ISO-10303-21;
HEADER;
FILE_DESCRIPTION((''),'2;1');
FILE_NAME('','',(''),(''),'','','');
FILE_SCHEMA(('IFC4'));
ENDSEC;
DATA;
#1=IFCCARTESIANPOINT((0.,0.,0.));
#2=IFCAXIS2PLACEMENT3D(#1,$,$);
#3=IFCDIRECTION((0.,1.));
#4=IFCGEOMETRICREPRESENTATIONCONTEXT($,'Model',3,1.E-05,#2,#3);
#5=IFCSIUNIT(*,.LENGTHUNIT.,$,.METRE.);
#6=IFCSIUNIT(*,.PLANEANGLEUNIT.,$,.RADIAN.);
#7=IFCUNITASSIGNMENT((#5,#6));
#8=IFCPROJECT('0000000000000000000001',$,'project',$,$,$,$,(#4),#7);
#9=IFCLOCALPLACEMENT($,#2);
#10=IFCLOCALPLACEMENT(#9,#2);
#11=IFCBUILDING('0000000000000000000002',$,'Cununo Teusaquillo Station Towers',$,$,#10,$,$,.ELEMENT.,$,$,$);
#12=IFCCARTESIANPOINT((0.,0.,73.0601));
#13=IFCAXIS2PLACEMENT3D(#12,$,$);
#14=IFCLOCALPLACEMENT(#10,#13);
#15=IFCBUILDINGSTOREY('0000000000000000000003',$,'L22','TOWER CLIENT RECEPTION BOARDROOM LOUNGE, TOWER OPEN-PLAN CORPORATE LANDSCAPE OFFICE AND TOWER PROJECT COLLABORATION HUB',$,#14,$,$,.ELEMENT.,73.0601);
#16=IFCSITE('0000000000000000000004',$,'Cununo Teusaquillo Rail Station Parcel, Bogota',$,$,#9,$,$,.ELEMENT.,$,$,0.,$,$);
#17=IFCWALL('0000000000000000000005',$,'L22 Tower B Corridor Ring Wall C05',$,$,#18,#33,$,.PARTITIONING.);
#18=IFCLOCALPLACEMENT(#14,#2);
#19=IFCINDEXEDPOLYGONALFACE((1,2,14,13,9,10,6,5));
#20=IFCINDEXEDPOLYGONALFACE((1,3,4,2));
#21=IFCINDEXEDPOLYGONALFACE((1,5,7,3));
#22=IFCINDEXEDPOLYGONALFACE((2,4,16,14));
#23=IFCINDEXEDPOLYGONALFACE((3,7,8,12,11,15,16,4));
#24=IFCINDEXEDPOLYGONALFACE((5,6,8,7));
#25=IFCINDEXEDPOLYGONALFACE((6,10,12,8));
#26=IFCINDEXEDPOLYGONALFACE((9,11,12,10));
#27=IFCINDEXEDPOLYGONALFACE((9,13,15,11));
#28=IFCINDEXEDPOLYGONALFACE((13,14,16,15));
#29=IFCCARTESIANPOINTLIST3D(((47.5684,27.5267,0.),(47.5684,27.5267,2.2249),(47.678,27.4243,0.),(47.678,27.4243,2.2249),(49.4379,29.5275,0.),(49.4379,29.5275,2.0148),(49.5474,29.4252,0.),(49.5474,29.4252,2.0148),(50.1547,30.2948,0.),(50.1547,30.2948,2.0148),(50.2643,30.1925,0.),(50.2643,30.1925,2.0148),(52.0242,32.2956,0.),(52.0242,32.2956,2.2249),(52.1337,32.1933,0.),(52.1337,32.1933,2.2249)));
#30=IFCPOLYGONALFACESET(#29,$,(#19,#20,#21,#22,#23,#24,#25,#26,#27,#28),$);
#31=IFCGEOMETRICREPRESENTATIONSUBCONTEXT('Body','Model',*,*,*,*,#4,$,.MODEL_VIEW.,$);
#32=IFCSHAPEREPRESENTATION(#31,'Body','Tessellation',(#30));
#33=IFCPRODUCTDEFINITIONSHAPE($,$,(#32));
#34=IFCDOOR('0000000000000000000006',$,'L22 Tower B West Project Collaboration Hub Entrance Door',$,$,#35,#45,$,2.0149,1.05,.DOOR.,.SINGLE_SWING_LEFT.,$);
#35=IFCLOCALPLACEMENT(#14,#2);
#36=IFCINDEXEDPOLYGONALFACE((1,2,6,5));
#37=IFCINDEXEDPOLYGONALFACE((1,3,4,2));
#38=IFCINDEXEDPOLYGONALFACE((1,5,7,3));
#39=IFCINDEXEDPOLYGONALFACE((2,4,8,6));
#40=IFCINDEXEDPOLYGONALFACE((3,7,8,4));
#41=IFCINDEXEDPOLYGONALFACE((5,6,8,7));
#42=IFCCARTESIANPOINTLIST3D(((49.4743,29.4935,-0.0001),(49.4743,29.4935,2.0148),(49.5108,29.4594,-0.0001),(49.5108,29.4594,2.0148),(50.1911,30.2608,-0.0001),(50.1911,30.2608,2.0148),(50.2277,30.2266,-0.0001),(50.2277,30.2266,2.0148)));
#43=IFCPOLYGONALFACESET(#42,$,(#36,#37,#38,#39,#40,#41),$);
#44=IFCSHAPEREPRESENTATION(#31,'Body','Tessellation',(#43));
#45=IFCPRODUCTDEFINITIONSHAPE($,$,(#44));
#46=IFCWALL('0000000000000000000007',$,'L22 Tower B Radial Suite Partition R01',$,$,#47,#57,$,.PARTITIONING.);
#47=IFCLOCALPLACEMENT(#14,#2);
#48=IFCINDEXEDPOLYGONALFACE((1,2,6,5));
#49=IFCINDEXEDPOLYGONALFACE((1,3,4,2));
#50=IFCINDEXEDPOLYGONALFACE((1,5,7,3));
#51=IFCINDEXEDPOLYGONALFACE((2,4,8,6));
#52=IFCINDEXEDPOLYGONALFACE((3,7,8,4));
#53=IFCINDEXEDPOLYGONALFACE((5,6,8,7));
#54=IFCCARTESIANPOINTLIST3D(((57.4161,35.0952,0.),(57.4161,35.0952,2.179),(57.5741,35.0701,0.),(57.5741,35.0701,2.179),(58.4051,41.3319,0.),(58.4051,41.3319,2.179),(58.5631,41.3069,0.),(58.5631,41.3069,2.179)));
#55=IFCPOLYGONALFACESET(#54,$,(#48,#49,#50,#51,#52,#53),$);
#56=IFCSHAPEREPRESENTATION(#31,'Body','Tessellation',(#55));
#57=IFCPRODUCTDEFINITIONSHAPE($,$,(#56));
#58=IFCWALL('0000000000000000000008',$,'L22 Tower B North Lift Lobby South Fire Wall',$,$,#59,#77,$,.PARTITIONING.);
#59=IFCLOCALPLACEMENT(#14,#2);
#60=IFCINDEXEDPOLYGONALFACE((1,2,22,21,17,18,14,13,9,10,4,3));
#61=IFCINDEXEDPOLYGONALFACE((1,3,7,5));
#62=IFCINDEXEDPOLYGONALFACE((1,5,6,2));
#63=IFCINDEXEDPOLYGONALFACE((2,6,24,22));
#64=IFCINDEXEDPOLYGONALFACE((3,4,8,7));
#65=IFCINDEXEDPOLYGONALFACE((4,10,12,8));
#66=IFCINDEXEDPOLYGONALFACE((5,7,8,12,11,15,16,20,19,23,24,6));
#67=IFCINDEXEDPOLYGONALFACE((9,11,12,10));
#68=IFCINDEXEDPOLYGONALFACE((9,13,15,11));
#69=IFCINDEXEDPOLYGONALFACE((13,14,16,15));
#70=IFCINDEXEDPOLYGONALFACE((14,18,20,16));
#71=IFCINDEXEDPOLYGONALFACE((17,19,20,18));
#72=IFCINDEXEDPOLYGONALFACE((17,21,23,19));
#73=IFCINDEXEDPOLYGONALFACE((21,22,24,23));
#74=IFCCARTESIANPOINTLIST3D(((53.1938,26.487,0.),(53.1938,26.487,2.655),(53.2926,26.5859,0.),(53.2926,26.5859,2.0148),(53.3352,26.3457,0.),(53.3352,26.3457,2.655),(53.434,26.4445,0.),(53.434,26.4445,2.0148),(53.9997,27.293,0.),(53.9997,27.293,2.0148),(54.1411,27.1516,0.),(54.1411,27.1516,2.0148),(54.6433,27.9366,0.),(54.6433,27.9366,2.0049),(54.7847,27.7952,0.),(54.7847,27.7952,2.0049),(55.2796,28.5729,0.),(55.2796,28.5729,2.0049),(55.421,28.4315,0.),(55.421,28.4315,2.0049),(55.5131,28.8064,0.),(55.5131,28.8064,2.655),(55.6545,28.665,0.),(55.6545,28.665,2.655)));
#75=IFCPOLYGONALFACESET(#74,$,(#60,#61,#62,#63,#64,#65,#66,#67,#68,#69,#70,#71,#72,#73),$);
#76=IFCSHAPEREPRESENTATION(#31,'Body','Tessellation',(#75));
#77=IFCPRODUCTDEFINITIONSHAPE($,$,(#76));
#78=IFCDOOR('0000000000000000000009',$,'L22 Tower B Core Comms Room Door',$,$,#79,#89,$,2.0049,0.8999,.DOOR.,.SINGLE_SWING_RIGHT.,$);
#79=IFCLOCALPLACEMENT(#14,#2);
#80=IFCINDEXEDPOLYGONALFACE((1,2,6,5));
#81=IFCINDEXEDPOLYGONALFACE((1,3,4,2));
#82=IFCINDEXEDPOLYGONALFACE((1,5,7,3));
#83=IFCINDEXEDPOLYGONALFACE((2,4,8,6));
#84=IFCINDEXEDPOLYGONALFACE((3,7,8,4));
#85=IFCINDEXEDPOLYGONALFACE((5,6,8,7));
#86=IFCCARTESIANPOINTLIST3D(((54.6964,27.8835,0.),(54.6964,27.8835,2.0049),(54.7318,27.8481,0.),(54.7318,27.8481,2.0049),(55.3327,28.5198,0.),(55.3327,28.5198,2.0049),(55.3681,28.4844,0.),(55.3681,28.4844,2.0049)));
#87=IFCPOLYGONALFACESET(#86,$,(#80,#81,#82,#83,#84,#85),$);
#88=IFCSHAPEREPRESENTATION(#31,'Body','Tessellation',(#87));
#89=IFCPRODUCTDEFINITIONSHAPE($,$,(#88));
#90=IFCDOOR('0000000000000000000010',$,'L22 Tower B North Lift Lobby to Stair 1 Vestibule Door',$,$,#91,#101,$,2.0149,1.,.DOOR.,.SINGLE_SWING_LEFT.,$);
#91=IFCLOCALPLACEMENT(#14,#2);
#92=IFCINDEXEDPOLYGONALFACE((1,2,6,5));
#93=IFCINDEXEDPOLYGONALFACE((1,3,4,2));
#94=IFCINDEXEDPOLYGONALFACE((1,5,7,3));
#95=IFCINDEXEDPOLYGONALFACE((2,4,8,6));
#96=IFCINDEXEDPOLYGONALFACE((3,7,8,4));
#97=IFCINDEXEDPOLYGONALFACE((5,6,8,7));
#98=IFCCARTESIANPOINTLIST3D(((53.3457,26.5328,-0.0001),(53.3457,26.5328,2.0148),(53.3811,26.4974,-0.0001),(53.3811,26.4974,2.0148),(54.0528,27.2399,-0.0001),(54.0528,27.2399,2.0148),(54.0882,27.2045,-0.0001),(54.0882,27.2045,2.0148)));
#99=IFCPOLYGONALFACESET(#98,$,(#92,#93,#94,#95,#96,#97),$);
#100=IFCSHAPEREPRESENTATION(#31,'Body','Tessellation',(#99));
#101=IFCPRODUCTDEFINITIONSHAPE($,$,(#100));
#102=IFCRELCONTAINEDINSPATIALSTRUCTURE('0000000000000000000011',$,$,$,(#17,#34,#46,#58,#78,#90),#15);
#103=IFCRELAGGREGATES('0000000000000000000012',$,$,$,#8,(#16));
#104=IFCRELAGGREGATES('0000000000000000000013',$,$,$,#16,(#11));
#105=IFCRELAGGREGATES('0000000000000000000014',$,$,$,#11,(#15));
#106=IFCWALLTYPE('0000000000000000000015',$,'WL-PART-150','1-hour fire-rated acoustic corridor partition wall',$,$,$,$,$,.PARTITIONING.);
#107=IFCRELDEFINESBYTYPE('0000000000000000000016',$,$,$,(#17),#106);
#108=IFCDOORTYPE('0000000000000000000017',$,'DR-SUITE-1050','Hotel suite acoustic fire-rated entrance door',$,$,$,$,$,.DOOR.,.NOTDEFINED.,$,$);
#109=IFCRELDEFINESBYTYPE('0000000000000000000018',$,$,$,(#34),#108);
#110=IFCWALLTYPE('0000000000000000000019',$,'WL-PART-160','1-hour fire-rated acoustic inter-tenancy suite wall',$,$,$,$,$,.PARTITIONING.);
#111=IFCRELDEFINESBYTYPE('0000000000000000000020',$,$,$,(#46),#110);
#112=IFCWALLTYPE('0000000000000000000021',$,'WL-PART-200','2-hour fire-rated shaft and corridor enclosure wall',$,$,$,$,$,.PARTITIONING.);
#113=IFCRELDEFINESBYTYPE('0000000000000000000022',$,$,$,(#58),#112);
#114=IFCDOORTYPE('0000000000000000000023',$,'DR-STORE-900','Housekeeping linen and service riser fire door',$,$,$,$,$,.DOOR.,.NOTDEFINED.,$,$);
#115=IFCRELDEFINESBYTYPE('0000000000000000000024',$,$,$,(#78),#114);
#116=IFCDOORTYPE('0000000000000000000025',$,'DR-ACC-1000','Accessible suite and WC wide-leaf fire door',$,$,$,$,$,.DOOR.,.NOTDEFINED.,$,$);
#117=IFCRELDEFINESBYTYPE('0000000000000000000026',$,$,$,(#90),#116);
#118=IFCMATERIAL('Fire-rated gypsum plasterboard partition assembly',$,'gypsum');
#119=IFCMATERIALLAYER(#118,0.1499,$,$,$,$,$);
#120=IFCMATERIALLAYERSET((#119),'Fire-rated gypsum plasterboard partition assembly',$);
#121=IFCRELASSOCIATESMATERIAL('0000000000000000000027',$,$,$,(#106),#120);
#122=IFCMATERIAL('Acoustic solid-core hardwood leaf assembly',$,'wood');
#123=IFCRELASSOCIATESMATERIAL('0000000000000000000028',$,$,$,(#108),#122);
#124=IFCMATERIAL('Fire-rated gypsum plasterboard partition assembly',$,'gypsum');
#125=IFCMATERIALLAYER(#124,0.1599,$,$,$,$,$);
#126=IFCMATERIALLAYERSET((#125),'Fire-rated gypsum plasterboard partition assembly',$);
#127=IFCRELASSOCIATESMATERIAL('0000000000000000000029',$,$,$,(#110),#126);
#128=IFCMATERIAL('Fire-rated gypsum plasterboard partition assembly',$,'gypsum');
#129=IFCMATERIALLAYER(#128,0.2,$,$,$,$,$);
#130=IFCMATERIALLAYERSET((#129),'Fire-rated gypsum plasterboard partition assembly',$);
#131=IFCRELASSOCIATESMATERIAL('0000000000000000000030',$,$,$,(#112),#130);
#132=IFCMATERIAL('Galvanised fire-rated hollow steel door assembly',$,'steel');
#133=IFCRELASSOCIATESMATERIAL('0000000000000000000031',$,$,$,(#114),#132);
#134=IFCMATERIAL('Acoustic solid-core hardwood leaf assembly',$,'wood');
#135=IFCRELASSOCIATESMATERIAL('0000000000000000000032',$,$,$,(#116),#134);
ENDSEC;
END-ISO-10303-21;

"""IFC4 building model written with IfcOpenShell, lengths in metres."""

from ifc_helpers import new_model, si_unit, direction, frame, frame_2d, origin, place, context, subcontext, project, spatial, rectangle, extrude, source, transform, mapped, material, layer, layer_set, type_object, element, fill, save


model = new_model("IFC4")

# Units and contexts
model_context = context("Model", 3, precision=1e-05, world=origin(), true_north=direction((0.0, 1.0)))
body_context = subcontext(model_context, "Body", "Model", "MODEL_VIEW")
ifc_project = project(units=[si_unit("LENGTHUNIT", "METRE"), si_unit("PLANEANGLEUNIT", "RADIAN")], contexts=[model_context])

# Site, building, storey
site_placement = place(None, origin())
site = spatial("IfcSite", under=ifc_project, at=site_placement, Name="Cununo Teusaquillo Rail Station Parcel, Bogota", CompositionType="ELEMENT", RefElevation=0.0)
building_placement = place(site_placement, origin())
building = spatial("IfcBuilding", under=site, at=building_placement, Name="Cununo Teusaquillo Station Towers", CompositionType="ELEMENT")
storey_placement = place(building_placement, frame((0.0, 0.0, 73.0601)))
storey = spatial("IfcBuildingStorey", under=building, at=storey_placement, Name="L22", Description="TOWER CLIENT RECEPTION BOARDROOM LOUNGE, TOWER OPEN-PLAN CORPORATE LANDSCAPE OFFICE AND TOWER PROJECT COLLABORATION HUB", CompositionType="ELEMENT", Elevation=73.0601)

# Shared definitions
ifc_material_1 = material(Name="Fire-rated gypsum plasterboard partition assembly", Category="gypsum")
ifc_layer_1 = layer(ifc_material_1, 0.1499)
ifc_layer_set_1 = layer_set([ifc_layer_1], Name="Fire-rated gypsum plasterboard partition assembly")
wall_type_1 = type_object("IfcWallType", Name="WL-PART-150", Description="1-hour fire-rated acoustic corridor partition wall", PredefinedType="PARTITIONING", material=ifc_layer_set_1)

# Wall, opening, door
wall_1_placement = place(storey_placement, frame((52.0789, 32.2444, 0.0), z_axis=(0.0, 0.0, 1.0), x_axis=(-0.682703, -0.730696, 0.0)))
wall_1 = element("IfcWall", 1, at=wall_1_placement, inside=storey, type_object=wall_type_1, Name="L22 Tower B Corridor Ring Wall C05", PredefinedType="PARTITIONING", context=body_context, shape_type="SweptSolid", body=[
    extrude(rectangle(XDim=6.5266, YDim=0.1499, at=frame_2d((3.2632, 0.0))), origin(), (0.0, 0.0, 1.0), 2.2249),
])
shared_shape_1 = source(origin(), body_context, "Body", "SweptSolid", [
    extrude(rectangle(XDim=1.05, YDim=2.0149, at=frame_2d((0.5249, 1.0073))), frame((0.0, 0.085, 0.0), z_axis=(0.0, -1.0, 0.0), x_axis=(1.0, 0.0, 0.0)), (0.0, 0.0, 1.0), 0.1699),
])
opening_1_placement = place(wall_1_placement, frame((2.7383, 0.0, 0.0)))
opening_1 = element("IfcOpeningElement", 2, at=opening_1_placement, cuts=wall_1, PredefinedType="OPENING", context=body_context, shape_type="MappedRepresentation", body=[
    mapped(shared_shape_1, transform((0.0, 0.0, 0.0), x_axis=(1.0, 0.0, 0.0), y_axis=(0.0, 1.0, 0.0), z_axis=(0.0, 0.0, 1.0), scale=1.0)),
])
ifc_material_2 = material(Name="Acoustic solid-core hardwood leaf assembly", Category="wood")
door_type_1 = type_object("IfcDoorType", Name="DR-SUITE-1050", Description="Hotel suite acoustic fire-rated entrance door", OperationType="NOTDEFINED", PredefinedType="DOOR", material=ifc_material_2)
shared_shape_2 = source(origin(), body_context, "Body", "SweptSolid", [
    extrude(rectangle(XDim=1.05, YDim=2.0149, at=frame_2d((0.5249, 1.0073))), frame((0.0, 0.0249, 0.0), z_axis=(0.0, -1.0, 0.0), x_axis=(1.0, 0.0, 0.0)), (0.0, 0.0, 1.0), 0.05),
])
door_1_placement = place(opening_1_placement, origin())
door_1 = element("IfcDoor", 3, at=door_1_placement, inside=storey, type_object=door_type_1, Name="L22 Tower B West Project Collaboration Hub Entrance Door", OperationType="SINGLE_SWING_LEFT", OverallHeight=2.0149, OverallWidth=1.05, PredefinedType="DOOR", context=body_context, shape_type="MappedRepresentation", body=[
    mapped(shared_shape_2, transform((0.0, 0.0, 0.0), x_axis=(1.0, 0.0, 0.0), y_axis=(0.0, 1.0, 0.0), z_axis=(0.0, 0.0, 1.0), scale=1.0)),
])
fill(opening_1, door_1)

# Wall
ifc_material_3 = material(Name="Fire-rated gypsum plasterboard partition assembly", Category="gypsum")
ifc_layer_2 = layer(ifc_material_3, 0.1599)
ifc_layer_set_2 = layer_set([ifc_layer_2], Name="Fire-rated gypsum plasterboard partition assembly")
wall_type_2 = type_object("IfcWallType", Name="WL-PART-160", Description="1-hour fire-rated acoustic inter-tenancy suite wall", PredefinedType="PARTITIONING", material=ifc_layer_set_2)
wall_2_placement = place(storey_placement, frame((57.4951, 35.0828, 0.0), z_axis=(0.0, 0.0, 1.0), x_axis=(0.15662, 0.987659, 0.0)))
element("IfcWall", 4, at=wall_2_placement, inside=storey, type_object=wall_type_2, Name="L22 Tower B Radial Suite Partition R01", PredefinedType="PARTITIONING", context=body_context, shape_type="SweptSolid", body=[
    extrude(rectangle(XDim=6.3147, YDim=0.1599, at=frame_2d((3.1572, 0.0))), origin(), (0.0, 0.0, 1.0), 2.179),
])

# Wall, openings, doors
ifc_material_4 = material(Name="Fire-rated gypsum plasterboard partition assembly", Category="gypsum")
ifc_layer_3 = layer(ifc_material_4, 0.2)
ifc_layer_set_3 = layer_set([ifc_layer_3], Name="Fire-rated gypsum plasterboard partition assembly")
wall_type_3 = type_object("IfcWallType", Name="WL-PART-200", Description="2-hour fire-rated shaft and corridor enclosure wall", PredefinedType="PARTITIONING", material=ifc_layer_set_3)
wall_3_placement = place(storey_placement, frame((53.2644, 26.4163, 0.0), z_axis=(0.0, 0.0, 1.0), x_axis=(0.707107, 0.707107, 0.0)))
wall_3 = element("IfcWall", 5, at=wall_3_placement, inside=storey, type_object=wall_type_3, Name="L22 Tower B North Lift Lobby South Fire Wall", PredefinedType="PARTITIONING", context=body_context, shape_type="SweptSolid", body=[
    extrude(rectangle(XDim=3.28, YDim=0.2, at=frame_2d((1.6401, 0.0))), origin(), (0.0, 0.0, 1.0), 2.655),
])
shared_shape_3 = source(origin(), body_context, "Body", "SweptSolid", [
    extrude(rectangle(XDim=1.0, YDim=2.0149, at=frame_2d((0.5, 1.0073))), frame((0.0, 0.1099, 0.0), z_axis=(0.0, -1.0, 0.0), x_axis=(1.0, 0.0, 0.0)), (0.0, 0.0, 1.0), 0.22),
])
opening_2_placement = place(wall_3_placement, frame((0.1399, 0.0, 0.0)))
opening_2 = element("IfcOpeningElement", 6, at=opening_2_placement, cuts=wall_3, PredefinedType="OPENING", context=body_context, shape_type="MappedRepresentation", body=[
    mapped(shared_shape_3, transform((0.0, 0.0, 0.0), x_axis=(1.0, 0.0, 0.0), y_axis=(0.0, 1.0, 0.0), z_axis=(0.0, 0.0, 1.0), scale=1.0)),
])
shared_shape_4 = source(origin(), body_context, "Body", "SweptSolid", [
    extrude(rectangle(XDim=0.8999, YDim=2.0049, at=frame_2d((0.45, 1.0024))), frame((0.0, 0.1099, 0.0), z_axis=(0.0, -1.0, 0.0), x_axis=(1.0, 0.0, 0.0)), (0.0, 0.0, 1.0), 0.22),
])
opening_3_placement = place(wall_3_placement, frame((2.05, 0.0, 0.0)))
opening_3 = element("IfcOpeningElement", 7, at=opening_3_placement, cuts=wall_3, PredefinedType="OPENING", context=body_context, shape_type="MappedRepresentation", body=[
    mapped(shared_shape_4, transform((0.0, 0.0, 0.0), x_axis=(1.0, 0.0, 0.0), y_axis=(0.0, 1.0, 0.0), z_axis=(0.0, 0.0, 1.0), scale=1.0)),
])
ifc_material_5 = material(Name="Galvanised fire-rated hollow steel door assembly", Category="steel")
door_type_2 = type_object("IfcDoorType", Name="DR-STORE-900", Description="Housekeeping linen and service riser fire door", OperationType="NOTDEFINED", PredefinedType="DOOR", material=ifc_material_5)
shared_shape_5 = source(origin(), body_context, "Body", "SweptSolid", [
    extrude(rectangle(XDim=0.8999, YDim=2.0049, at=frame_2d((0.45, 1.0024))), frame((0.0, 0.0249, 0.0), z_axis=(0.0, -1.0, 0.0), x_axis=(1.0, 0.0, 0.0)), (0.0, 0.0, 1.0), 0.05),
])
door_2_placement = place(opening_3_placement, origin())
door_2 = element("IfcDoor", 8, at=door_2_placement, inside=storey, type_object=door_type_2, Name="L22 Tower B Core Comms Room Door", OperationType="SINGLE_SWING_RIGHT", OverallHeight=2.0049, OverallWidth=0.8999, PredefinedType="DOOR", context=body_context, shape_type="MappedRepresentation", body=[
    mapped(shared_shape_5, transform((0.0, 0.0, 0.0), x_axis=(1.0, 0.0, 0.0), y_axis=(0.0, 1.0, 0.0), z_axis=(0.0, 0.0, 1.0), scale=1.0)),
])
fill(opening_3, door_2)
ifc_material_6 = material(Name="Acoustic solid-core hardwood leaf assembly", Category="wood")
door_type_3 = type_object("IfcDoorType", Name="DR-ACC-1000", Description="Accessible suite and WC wide-leaf fire door", OperationType="NOTDEFINED", PredefinedType="DOOR", material=ifc_material_6)
shared_shape_6 = source(origin(), body_context, "Body", "SweptSolid", [
    extrude(rectangle(XDim=1.0, YDim=2.0149, at=frame_2d((0.5, 1.0073))), frame((0.0, 0.0249, 0.0), z_axis=(0.0, -1.0, 0.0), x_axis=(1.0, 0.0, 0.0)), (0.0, 0.0, 1.0), 0.05),
])
door_3_placement = place(opening_2_placement, origin())
door_3 = element("IfcDoor", 9, at=door_3_placement, inside=storey, type_object=door_type_3, Name="L22 Tower B North Lift Lobby to Stair 1 Vestibule Door", OperationType="SINGLE_SWING_LEFT", OverallHeight=2.0149, OverallWidth=1.0, PredefinedType="DOOR", context=body_context, shape_type="MappedRepresentation", body=[
    mapped(shared_shape_6, transform((0.0, 0.0, 0.0), x_axis=(1.0, 0.0, 0.0), y_axis=(0.0, 1.0, 0.0), z_axis=(0.0, 0.0, 1.0), scale=1.0)),
])
fill(opening_2, door_3)

save(model, "model.ifc")
